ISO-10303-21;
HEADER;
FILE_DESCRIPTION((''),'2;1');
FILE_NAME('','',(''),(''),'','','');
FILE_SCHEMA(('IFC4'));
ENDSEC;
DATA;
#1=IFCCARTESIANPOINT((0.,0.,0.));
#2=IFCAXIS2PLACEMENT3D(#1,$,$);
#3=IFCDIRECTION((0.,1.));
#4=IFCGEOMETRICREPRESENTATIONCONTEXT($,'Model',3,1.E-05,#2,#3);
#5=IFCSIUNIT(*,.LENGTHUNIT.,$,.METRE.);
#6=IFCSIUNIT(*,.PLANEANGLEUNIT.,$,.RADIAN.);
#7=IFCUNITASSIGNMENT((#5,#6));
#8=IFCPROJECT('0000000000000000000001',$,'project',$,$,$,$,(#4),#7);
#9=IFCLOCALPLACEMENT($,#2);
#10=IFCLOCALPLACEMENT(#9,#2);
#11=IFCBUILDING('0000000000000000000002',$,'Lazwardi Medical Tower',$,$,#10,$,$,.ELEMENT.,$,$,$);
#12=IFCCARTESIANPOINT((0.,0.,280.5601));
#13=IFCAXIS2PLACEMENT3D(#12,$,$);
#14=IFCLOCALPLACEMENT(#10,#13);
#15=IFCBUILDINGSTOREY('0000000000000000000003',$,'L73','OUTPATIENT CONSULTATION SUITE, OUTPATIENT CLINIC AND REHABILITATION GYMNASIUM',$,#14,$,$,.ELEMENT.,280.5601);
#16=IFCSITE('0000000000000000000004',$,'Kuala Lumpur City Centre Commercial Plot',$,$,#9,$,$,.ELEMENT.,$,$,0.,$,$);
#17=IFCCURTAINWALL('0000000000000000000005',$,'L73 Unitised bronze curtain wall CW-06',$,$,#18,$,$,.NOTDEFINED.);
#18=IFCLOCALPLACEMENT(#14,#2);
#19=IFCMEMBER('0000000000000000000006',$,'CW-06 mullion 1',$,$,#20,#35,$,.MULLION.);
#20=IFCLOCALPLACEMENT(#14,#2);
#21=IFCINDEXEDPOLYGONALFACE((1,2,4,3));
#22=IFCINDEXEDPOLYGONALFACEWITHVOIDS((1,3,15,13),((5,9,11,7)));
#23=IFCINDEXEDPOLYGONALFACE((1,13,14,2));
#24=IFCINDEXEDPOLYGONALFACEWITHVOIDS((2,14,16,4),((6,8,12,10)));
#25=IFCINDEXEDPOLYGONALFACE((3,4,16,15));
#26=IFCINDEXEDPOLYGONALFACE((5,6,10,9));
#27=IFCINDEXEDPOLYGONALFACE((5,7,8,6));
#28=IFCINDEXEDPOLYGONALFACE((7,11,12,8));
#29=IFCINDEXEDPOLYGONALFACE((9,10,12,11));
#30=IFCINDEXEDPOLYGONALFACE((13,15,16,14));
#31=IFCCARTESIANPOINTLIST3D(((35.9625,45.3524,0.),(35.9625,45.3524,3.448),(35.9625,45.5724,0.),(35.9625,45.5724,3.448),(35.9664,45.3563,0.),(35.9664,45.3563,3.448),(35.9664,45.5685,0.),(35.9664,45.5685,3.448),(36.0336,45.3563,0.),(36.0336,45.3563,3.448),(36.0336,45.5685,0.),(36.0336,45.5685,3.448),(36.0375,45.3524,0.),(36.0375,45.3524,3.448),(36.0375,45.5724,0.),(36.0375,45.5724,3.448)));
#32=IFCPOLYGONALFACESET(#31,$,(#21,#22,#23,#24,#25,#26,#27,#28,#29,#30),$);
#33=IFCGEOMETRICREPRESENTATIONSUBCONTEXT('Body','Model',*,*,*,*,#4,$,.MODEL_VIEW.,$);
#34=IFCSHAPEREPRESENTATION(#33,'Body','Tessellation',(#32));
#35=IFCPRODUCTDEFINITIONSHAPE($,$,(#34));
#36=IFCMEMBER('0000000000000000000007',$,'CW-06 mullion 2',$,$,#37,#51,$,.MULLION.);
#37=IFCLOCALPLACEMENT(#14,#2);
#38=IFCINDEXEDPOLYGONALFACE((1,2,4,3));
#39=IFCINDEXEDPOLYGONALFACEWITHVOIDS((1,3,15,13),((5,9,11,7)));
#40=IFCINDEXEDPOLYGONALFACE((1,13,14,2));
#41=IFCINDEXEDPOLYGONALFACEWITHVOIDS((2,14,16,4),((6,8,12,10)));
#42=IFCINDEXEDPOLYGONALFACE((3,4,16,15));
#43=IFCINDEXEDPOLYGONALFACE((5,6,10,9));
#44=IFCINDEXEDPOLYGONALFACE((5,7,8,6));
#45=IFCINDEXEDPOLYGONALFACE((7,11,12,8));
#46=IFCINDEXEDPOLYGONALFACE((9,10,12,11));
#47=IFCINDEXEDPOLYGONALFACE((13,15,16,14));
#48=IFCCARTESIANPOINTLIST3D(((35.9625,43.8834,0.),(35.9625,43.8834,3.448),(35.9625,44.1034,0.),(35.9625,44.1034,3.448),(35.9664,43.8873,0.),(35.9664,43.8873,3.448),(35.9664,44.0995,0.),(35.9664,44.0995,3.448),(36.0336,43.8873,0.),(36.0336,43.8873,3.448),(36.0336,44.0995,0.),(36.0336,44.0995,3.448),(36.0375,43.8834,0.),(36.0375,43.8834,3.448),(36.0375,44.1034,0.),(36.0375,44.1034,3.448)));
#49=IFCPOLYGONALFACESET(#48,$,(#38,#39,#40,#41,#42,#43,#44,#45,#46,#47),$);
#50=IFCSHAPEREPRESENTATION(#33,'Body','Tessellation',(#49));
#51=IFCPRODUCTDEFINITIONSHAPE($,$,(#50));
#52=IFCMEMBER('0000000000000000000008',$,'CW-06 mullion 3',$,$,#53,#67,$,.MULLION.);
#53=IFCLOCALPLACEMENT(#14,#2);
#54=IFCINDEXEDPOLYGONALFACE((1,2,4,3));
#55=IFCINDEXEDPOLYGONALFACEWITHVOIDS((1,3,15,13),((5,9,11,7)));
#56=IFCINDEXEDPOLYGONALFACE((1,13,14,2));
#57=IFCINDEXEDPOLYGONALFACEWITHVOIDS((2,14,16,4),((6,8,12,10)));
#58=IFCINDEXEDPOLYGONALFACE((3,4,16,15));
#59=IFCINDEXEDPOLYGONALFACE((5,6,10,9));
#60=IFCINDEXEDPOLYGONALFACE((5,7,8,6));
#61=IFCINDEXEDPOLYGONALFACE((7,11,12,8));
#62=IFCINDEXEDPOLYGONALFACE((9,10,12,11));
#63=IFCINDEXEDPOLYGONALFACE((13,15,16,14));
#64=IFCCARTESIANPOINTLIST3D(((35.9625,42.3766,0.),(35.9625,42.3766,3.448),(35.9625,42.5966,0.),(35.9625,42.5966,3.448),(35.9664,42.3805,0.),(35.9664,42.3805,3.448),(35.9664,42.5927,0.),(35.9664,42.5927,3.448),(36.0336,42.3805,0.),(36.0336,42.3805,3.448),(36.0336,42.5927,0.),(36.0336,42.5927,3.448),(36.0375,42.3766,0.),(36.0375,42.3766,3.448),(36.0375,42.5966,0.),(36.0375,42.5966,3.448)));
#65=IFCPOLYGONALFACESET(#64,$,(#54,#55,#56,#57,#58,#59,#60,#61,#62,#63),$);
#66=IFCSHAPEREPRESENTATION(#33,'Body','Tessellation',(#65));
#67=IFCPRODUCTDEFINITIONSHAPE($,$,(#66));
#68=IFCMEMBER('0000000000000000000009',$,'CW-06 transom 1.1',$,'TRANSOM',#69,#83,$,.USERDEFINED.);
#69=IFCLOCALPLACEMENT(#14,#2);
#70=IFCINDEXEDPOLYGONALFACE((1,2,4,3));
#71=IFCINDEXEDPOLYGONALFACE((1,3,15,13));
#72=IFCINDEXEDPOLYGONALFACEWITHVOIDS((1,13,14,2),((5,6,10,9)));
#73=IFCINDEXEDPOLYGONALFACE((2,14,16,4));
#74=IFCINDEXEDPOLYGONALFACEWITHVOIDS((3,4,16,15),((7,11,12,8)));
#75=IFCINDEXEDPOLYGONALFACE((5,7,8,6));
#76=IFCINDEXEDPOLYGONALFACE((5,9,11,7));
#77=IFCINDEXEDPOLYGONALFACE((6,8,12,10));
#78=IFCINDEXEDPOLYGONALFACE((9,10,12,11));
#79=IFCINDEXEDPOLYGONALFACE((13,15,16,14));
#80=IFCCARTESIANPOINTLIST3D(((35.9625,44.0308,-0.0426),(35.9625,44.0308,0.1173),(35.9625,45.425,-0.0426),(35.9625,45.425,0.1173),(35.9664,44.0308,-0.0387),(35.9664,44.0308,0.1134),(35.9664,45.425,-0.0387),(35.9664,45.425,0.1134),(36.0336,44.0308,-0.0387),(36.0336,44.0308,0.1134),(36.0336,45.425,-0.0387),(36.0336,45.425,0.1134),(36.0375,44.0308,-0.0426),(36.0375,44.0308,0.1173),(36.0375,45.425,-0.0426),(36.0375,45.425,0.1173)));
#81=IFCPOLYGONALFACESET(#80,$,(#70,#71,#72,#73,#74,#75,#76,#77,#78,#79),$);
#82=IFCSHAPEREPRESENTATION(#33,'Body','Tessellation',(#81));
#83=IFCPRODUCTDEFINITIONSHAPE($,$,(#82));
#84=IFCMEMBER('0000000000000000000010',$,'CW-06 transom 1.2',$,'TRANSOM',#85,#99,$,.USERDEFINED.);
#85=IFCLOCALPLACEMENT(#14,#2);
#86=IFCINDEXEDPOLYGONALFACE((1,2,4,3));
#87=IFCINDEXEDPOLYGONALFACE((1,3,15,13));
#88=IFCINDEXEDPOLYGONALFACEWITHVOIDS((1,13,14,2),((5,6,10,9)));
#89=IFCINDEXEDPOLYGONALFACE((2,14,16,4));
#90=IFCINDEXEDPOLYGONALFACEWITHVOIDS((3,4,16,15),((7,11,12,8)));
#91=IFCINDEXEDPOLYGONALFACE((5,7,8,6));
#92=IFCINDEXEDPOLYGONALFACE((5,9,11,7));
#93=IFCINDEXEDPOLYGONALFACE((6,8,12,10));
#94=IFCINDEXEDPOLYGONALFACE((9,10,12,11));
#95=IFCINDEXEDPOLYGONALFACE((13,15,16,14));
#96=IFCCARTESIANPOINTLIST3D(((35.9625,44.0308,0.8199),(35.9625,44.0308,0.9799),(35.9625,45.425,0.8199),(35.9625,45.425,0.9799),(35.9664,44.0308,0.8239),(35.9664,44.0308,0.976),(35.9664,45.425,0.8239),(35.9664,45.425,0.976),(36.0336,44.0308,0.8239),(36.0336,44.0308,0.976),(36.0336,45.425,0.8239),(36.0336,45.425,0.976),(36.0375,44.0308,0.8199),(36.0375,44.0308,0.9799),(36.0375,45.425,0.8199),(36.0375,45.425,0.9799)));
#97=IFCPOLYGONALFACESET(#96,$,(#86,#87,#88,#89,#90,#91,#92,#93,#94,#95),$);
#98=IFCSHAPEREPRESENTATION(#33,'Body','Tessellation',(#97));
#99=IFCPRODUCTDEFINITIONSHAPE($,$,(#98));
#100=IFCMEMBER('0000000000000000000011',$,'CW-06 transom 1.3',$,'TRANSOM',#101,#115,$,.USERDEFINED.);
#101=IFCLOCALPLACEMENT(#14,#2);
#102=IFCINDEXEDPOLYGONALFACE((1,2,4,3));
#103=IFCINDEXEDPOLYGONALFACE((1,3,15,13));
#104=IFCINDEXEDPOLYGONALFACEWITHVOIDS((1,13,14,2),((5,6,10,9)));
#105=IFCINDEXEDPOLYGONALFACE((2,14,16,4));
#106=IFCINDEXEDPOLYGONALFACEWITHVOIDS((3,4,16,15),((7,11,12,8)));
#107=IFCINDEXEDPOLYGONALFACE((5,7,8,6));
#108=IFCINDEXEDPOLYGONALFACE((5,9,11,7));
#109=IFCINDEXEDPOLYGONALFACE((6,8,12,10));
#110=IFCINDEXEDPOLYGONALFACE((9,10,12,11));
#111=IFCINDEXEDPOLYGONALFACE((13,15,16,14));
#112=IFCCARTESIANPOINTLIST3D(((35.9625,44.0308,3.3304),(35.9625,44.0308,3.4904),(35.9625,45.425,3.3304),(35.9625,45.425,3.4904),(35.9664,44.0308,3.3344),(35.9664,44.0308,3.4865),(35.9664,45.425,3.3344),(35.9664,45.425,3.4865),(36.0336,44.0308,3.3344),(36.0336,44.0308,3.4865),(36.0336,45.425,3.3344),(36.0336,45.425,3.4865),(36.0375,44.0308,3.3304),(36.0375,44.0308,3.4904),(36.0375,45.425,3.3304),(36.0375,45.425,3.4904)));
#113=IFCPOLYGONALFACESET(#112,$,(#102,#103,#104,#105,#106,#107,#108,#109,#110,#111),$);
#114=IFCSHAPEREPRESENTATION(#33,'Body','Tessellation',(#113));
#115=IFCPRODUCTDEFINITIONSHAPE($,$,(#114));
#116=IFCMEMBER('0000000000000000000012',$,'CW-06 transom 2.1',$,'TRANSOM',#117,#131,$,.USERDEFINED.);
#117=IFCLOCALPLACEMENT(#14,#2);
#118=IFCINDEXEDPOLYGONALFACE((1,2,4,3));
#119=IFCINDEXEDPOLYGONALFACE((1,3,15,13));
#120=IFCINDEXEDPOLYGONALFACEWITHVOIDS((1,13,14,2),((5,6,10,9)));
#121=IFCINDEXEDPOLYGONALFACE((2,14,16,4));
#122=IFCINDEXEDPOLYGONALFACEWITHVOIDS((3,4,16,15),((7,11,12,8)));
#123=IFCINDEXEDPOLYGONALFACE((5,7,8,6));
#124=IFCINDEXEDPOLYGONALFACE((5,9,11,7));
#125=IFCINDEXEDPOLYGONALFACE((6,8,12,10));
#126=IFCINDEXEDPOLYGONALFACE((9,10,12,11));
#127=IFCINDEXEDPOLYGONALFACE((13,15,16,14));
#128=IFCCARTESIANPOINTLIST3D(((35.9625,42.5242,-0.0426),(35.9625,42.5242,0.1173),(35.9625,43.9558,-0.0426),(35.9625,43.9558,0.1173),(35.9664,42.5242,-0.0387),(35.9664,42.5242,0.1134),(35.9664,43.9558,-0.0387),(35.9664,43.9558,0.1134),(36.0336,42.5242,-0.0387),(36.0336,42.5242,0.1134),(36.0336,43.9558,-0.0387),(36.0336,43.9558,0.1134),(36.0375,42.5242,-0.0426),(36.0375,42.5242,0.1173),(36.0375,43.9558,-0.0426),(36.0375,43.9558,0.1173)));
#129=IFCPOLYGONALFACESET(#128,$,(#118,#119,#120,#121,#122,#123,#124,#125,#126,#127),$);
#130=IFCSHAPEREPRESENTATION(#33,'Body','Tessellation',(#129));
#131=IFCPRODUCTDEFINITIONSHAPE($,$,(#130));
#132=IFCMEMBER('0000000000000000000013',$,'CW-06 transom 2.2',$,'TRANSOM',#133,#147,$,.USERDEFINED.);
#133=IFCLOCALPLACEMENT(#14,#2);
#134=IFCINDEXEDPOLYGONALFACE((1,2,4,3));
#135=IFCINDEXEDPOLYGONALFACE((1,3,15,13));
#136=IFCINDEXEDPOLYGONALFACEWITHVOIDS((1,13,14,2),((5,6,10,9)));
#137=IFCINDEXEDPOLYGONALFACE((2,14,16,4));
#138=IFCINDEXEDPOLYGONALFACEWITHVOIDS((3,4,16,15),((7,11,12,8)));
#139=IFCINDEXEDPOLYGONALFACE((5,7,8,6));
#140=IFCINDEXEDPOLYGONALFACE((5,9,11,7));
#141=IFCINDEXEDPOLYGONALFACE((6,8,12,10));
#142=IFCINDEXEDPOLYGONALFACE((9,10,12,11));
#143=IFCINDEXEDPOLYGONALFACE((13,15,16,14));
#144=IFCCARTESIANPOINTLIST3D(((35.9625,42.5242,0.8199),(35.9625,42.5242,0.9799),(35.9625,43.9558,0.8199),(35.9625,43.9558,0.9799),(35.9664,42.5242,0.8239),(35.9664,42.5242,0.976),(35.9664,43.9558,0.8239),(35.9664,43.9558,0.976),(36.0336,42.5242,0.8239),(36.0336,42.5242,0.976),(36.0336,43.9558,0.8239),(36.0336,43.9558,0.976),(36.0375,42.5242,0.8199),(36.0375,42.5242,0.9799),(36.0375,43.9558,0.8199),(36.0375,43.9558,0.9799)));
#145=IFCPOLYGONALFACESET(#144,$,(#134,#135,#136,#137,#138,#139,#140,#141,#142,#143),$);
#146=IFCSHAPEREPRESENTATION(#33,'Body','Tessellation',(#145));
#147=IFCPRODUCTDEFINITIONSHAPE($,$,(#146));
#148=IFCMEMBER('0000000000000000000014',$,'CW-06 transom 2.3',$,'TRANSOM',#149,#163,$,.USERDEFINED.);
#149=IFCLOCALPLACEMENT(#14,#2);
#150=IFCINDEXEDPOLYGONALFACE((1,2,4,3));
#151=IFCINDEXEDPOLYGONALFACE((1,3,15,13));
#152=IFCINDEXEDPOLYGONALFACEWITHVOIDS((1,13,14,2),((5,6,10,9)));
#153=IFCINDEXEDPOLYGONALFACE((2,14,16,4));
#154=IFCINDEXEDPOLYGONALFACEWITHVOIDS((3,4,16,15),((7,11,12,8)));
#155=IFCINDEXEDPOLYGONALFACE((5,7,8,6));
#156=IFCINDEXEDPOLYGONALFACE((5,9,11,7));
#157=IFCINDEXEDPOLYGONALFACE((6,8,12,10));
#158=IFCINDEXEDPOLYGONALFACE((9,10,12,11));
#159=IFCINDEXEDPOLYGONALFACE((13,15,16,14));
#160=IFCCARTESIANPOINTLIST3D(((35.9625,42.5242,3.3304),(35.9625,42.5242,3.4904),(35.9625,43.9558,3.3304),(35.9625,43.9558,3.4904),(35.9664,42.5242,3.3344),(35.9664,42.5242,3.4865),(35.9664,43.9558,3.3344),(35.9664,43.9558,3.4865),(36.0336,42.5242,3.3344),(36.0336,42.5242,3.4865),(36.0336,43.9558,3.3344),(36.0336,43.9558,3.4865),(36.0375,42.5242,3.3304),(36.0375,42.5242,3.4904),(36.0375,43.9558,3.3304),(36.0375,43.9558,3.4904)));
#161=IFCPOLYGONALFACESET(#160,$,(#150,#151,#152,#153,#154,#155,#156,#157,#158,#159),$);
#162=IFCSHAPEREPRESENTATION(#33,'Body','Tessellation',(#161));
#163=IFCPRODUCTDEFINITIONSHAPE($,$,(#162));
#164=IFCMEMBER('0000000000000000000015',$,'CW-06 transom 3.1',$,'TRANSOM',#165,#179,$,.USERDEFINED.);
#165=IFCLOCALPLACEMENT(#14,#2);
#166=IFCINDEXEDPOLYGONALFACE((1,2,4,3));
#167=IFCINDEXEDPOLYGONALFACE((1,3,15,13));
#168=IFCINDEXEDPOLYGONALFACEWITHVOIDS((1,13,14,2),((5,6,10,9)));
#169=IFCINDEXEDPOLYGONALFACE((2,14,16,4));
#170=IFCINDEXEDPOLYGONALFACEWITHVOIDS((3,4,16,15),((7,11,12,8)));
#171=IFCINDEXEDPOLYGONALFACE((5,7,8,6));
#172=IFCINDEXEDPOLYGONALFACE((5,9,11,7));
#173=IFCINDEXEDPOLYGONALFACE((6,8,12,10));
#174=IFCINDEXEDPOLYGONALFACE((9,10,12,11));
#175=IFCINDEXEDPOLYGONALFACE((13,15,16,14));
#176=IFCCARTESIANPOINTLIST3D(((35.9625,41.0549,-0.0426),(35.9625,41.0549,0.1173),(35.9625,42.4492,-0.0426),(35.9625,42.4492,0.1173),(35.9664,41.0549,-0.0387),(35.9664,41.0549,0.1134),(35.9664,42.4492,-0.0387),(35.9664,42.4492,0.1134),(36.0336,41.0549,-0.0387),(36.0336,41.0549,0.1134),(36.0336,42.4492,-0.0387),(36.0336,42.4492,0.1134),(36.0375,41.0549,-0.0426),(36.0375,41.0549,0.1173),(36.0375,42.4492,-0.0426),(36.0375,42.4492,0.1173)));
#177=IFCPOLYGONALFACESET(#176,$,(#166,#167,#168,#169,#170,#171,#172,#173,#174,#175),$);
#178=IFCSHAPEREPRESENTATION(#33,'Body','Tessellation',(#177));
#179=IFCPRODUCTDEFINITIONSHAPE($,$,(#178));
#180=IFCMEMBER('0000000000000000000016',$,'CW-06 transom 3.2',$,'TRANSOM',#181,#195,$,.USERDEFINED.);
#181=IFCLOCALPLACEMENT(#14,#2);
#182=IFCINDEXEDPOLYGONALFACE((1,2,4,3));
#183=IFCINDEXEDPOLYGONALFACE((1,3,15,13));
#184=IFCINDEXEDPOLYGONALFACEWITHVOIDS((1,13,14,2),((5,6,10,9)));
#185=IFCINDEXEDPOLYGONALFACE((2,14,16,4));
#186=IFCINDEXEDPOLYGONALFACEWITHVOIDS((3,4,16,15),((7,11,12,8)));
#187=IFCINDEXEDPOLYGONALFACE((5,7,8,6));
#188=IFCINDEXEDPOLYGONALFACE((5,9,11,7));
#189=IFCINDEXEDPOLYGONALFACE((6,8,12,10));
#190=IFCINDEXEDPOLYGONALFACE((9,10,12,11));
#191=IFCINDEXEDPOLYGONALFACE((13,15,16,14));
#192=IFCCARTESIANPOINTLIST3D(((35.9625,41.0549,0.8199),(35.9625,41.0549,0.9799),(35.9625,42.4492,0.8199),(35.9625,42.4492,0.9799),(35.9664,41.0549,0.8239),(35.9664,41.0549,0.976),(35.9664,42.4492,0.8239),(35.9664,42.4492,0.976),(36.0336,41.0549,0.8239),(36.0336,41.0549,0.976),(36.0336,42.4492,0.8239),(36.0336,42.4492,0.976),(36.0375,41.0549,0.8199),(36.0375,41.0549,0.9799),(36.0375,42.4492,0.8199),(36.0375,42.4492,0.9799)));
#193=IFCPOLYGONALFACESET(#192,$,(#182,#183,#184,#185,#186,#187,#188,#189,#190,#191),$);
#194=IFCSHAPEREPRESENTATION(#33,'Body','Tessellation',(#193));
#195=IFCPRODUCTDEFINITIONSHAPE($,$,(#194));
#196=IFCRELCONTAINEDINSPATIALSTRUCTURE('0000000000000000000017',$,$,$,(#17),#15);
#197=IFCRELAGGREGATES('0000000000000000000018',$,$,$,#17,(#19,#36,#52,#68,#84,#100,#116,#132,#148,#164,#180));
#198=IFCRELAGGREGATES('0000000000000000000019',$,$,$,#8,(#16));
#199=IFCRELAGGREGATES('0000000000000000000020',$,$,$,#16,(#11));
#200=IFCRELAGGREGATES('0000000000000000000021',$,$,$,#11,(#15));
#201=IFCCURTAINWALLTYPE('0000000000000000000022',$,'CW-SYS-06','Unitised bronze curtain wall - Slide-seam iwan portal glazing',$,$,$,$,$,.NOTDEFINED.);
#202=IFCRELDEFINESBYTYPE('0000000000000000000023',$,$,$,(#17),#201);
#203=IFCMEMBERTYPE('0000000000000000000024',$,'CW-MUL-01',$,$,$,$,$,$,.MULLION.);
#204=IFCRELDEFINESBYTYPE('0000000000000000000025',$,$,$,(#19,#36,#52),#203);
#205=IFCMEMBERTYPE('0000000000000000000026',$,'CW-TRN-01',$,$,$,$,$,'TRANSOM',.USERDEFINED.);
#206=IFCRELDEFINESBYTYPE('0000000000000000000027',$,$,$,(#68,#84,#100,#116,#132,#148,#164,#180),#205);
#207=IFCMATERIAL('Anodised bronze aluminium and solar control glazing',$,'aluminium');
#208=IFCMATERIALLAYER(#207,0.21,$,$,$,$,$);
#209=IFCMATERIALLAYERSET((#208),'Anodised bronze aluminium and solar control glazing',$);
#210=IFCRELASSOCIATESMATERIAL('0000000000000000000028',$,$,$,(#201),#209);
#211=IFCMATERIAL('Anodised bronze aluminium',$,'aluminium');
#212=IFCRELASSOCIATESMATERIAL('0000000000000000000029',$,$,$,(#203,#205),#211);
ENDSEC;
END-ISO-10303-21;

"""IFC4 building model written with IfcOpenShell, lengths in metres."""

from ifc_helpers import new_model, si_unit, direction, frame, origin, origin_2d, place, context, subcontext, project, spatial, hollow_rectangle, extrude, material, layer, layer_set, material_profile, profile_set, type_object, element, aggregate, save


model = new_model("IFC4")

# Units and contexts
model_context = context("Model", 3, precision=1e-05, world=origin(), true_north=direction((0.0, 1.0)))
body_context = subcontext(model_context, "Body", "Model", "MODEL_VIEW")
ifc_project = project(units=[si_unit("LENGTHUNIT", "METRE"), si_unit("PLANEANGLEUNIT", "RADIAN")], contexts=[model_context])

# Site, building, storey
site_placement = place(None, origin())
site = spatial("IfcSite", under=ifc_project, at=site_placement, Name="Kuala Lumpur City Centre Commercial Plot", CompositionType="ELEMENT", RefElevation=0.0)
building_placement = place(site_placement, origin())
building = spatial("IfcBuilding", under=site, at=building_placement, Name="Lazwardi Medical Tower", CompositionType="ELEMENT")
storey_placement = place(building_placement, frame((0.0, 0.0, 280.5601)))
storey = spatial("IfcBuildingStorey", under=building, at=storey_placement, Name="L73", Description="OUTPATIENT CONSULTATION SUITE, OUTPATIENT CLINIC AND REHABILITATION GYMNASIUM", CompositionType="ELEMENT", Elevation=280.5601)

# Curtain wall, members
ifc_material_1 = material(Name="Anodised bronze aluminium and solar control glazing", Category="aluminium")
ifc_layer_1 = layer(ifc_material_1, 0.21)
ifc_layer_set_1 = layer_set([ifc_layer_1], Name="Anodised bronze aluminium and solar control glazing")
curtain_wall_type = type_object("IfcCurtainWallType", Name="CW-SYS-06", Description="Unitised bronze curtain wall - Slide-seam iwan portal glazing", PredefinedType="NOTDEFINED", material=ifc_layer_set_1)
curtain_wall_placement = place(storey_placement, origin())
curtain_wall = element("IfcCurtainWall", 1, at=curtain_wall_placement, inside=storey, type_object=curtain_wall_type, Name="L73 Unitised bronze curtain wall CW-06", PredefinedType="NOTDEFINED")
ifc_material_2 = material(Name="Anodised bronze aluminium", Category="aluminium")
ifc_material_profile_1 = material_profile(ifc_material_2, hollow_rectangle(XDim=0.075, YDim=0.22, WallThickness=0.0039, at=origin_2d()), Name="ALU-MULLION 220x75x4")
ifc_profile_set_1 = profile_set([ifc_material_profile_1], Name="Anodised bronze aluminium")
member_type_1 = type_object("IfcMemberType", Name="CW-MUL-01", PredefinedType="MULLION", material=ifc_profile_set_1)
member_1_placement = place(storey_placement, frame((36.0, 45.4624, 0.0), z_axis=(0.0, 0.0, 1.0), x_axis=(1.0, 0.0, 0.0)))
member_1 = element("IfcMember", 2, at=member_1_placement, type_object=member_type_1, Name="CW-06 mullion 1", PredefinedType="MULLION", context=body_context, shape_type="SweptSolid", body=[
    extrude(hollow_rectangle(XDim=0.075, YDim=0.22, WallThickness=0.0039, at=origin_2d()), origin(), (0.0, 0.0, 1.0), 3.448),
])
member_2_placement = place(storey_placement, frame((36.0, 43.9934, 0.0), z_axis=(0.0, 0.0, 1.0), x_axis=(1.0, 0.0, 0.0)))
member_2 = element("IfcMember", 3, at=member_2_placement, type_object=member_type_1, Name="CW-06 mullion 2", PredefinedType="MULLION", context=body_context, shape_type="SweptSolid", body=[
    extrude(hollow_rectangle(XDim=0.075, YDim=0.22, WallThickness=0.0039, at=origin_2d()), origin(), (0.0, 0.0, 1.0), 3.448),
])
member_3_placement = place(storey_placement, frame((36.0, 42.4866, 0.0), z_axis=(0.0, 0.0, 1.0), x_axis=(1.0, 0.0, 0.0)))
member_3 = element("IfcMember", 4, at=member_3_placement, type_object=member_type_1, Name="CW-06 mullion 3", PredefinedType="MULLION", context=body_context, shape_type="SweptSolid", body=[
    extrude(hollow_rectangle(XDim=0.075, YDim=0.22, WallThickness=0.0039, at=origin_2d()), origin(), (0.0, 0.0, 1.0), 3.448),
])
ifc_material_profile_2 = material_profile(ifc_material_2, hollow_rectangle(XDim=0.075, YDim=0.1599, WallThickness=0.0039, at=origin_2d()), Name="ALU-TRANSOM 160x75x4")
ifc_profile_set_2 = profile_set([ifc_material_profile_2], Name="Anodised bronze aluminium")
member_type_2 = type_object("IfcMemberType", Name="CW-TRN-01", ElementType="TRANSOM", PredefinedType="USERDEFINED", material=ifc_profile_set_2)
member_4_placement = place(storey_placement, frame((36.0, 45.425, 0.0374), z_axis=(0.0, -1.0, 0.0), x_axis=(1.0, 0.0, 0.0)))
member_4 = element("IfcMember", 5, at=member_4_placement, type_object=member_type_2, Name="CW-06 transom 1.1", ObjectType="TRANSOM", PredefinedType="USERDEFINED", context=body_context, shape_type="SweptSolid", body=[
    extrude(hollow_rectangle(XDim=0.075, YDim=0.1599, WallThickness=0.0039, at=origin_2d()), origin(), (0.0, 0.0, 1.0), 1.3943),
])
member_5_placement = place(storey_placement, frame((36.0, 45.425, 0.8999), z_axis=(0.0, -1.0, 0.0), x_axis=(1.0, 0.0, 0.0)))
member_5 = element("IfcMember", 6, at=member_5_placement, type_object=member_type_2, Name="CW-06 transom 1.2", ObjectType="TRANSOM", PredefinedType="USERDEFINED", context=body_context, shape_type="SweptSolid", body=[
    extrude(hollow_rectangle(XDim=0.075, YDim=0.1599, WallThickness=0.0039, at=origin_2d()), origin(), (0.0, 0.0, 1.0), 1.3943),
])
member_6_placement = place(storey_placement, frame((36.0, 45.425, 3.4104), z_axis=(0.0, -1.0, 0.0), x_axis=(1.0, 0.0, 0.0)))
member_6 = element("IfcMember", 7, at=member_6_placement, type_object=member_type_2, Name="CW-06 transom 1.3", ObjectType="TRANSOM", PredefinedType="USERDEFINED", context=body_context, shape_type="SweptSolid", body=[
    extrude(hollow_rectangle(XDim=0.075, YDim=0.1599, WallThickness=0.0039, at=origin_2d()), origin(), (0.0, 0.0, 1.0), 1.3943),
])
member_7_placement = place(storey_placement, frame((36.0, 43.9558, 0.0374), z_axis=(0.0, -1.0, 0.0), x_axis=(1.0, 0.0, 0.0)))
member_7 = element("IfcMember", 8, at=member_7_placement, type_object=member_type_2, Name="CW-06 transom 2.1", ObjectType="TRANSOM", PredefinedType="USERDEFINED", context=body_context, shape_type="SweptSolid", body=[
    extrude(hollow_rectangle(XDim=0.075, YDim=0.1599, WallThickness=0.0039, at=origin_2d()), origin(), (0.0, 0.0, 1.0), 1.4316),
])
member_8_placement = place(storey_placement, frame((36.0, 43.9558, 0.8999), z_axis=(0.0, -1.0, 0.0), x_axis=(1.0, 0.0, 0.0)))
member_8 = element("IfcMember", 9, at=member_8_placement, type_object=member_type_2, Name="CW-06 transom 2.2", ObjectType="TRANSOM", PredefinedType="USERDEFINED", context=body_context, shape_type="SweptSolid", body=[
    extrude(hollow_rectangle(XDim=0.075, YDim=0.1599, WallThickness=0.0039, at=origin_2d()), origin(), (0.0, 0.0, 1.0), 1.4316),
])
member_9_placement = place(storey_placement, frame((36.0, 43.9558, 3.4104), z_axis=(0.0, -1.0, 0.0), x_axis=(1.0, 0.0, 0.0)))
member_9 = element("IfcMember", 10, at=member_9_placement, type_object=member_type_2, Name="CW-06 transom 2.3", ObjectType="TRANSOM", PredefinedType="USERDEFINED", context=body_context, shape_type="SweptSolid", body=[
    extrude(hollow_rectangle(XDim=0.075, YDim=0.1599, WallThickness=0.0039, at=origin_2d()), origin(), (0.0, 0.0, 1.0), 1.4316),
])
member_10_placement = place(storey_placement, frame((36.0, 42.4492, 0.0374), z_axis=(0.0, -1.0, 0.0), x_axis=(1.0, 0.0, 0.0)))
member_10 = element("IfcMember", 11, at=member_10_placement, type_object=member_type_2, Name="CW-06 transom 3.1", ObjectType="TRANSOM", PredefinedType="USERDEFINED", context=body_context, shape_type="SweptSolid", body=[
    extrude(hollow_rectangle(XDim=0.075, YDim=0.1599, WallThickness=0.0039, at=origin_2d()), origin(), (0.0, 0.0, 1.0), 1.3943),
])
member_11_placement = place(storey_placement, frame((36.0, 42.4492, 0.8999), z_axis=(0.0, -1.0, 0.0), x_axis=(1.0, 0.0, 0.0)))
member_11 = element("IfcMember", 12, at=member_11_placement, type_object=member_type_2, Name="CW-06 transom 3.2", ObjectType="TRANSOM", PredefinedType="USERDEFINED", context=body_context, shape_type="SweptSolid", body=[
    extrude(hollow_rectangle(XDim=0.075, YDim=0.1599, WallThickness=0.0039, at=origin_2d()), origin(), (0.0, 0.0, 1.0), 1.3943),
])
aggregate(curtain_wall, [member_1, member_2, member_3, member_4, member_5, member_6, member_7, member_8, member_9, member_10, member_11])

save(model, "model.ifc")
